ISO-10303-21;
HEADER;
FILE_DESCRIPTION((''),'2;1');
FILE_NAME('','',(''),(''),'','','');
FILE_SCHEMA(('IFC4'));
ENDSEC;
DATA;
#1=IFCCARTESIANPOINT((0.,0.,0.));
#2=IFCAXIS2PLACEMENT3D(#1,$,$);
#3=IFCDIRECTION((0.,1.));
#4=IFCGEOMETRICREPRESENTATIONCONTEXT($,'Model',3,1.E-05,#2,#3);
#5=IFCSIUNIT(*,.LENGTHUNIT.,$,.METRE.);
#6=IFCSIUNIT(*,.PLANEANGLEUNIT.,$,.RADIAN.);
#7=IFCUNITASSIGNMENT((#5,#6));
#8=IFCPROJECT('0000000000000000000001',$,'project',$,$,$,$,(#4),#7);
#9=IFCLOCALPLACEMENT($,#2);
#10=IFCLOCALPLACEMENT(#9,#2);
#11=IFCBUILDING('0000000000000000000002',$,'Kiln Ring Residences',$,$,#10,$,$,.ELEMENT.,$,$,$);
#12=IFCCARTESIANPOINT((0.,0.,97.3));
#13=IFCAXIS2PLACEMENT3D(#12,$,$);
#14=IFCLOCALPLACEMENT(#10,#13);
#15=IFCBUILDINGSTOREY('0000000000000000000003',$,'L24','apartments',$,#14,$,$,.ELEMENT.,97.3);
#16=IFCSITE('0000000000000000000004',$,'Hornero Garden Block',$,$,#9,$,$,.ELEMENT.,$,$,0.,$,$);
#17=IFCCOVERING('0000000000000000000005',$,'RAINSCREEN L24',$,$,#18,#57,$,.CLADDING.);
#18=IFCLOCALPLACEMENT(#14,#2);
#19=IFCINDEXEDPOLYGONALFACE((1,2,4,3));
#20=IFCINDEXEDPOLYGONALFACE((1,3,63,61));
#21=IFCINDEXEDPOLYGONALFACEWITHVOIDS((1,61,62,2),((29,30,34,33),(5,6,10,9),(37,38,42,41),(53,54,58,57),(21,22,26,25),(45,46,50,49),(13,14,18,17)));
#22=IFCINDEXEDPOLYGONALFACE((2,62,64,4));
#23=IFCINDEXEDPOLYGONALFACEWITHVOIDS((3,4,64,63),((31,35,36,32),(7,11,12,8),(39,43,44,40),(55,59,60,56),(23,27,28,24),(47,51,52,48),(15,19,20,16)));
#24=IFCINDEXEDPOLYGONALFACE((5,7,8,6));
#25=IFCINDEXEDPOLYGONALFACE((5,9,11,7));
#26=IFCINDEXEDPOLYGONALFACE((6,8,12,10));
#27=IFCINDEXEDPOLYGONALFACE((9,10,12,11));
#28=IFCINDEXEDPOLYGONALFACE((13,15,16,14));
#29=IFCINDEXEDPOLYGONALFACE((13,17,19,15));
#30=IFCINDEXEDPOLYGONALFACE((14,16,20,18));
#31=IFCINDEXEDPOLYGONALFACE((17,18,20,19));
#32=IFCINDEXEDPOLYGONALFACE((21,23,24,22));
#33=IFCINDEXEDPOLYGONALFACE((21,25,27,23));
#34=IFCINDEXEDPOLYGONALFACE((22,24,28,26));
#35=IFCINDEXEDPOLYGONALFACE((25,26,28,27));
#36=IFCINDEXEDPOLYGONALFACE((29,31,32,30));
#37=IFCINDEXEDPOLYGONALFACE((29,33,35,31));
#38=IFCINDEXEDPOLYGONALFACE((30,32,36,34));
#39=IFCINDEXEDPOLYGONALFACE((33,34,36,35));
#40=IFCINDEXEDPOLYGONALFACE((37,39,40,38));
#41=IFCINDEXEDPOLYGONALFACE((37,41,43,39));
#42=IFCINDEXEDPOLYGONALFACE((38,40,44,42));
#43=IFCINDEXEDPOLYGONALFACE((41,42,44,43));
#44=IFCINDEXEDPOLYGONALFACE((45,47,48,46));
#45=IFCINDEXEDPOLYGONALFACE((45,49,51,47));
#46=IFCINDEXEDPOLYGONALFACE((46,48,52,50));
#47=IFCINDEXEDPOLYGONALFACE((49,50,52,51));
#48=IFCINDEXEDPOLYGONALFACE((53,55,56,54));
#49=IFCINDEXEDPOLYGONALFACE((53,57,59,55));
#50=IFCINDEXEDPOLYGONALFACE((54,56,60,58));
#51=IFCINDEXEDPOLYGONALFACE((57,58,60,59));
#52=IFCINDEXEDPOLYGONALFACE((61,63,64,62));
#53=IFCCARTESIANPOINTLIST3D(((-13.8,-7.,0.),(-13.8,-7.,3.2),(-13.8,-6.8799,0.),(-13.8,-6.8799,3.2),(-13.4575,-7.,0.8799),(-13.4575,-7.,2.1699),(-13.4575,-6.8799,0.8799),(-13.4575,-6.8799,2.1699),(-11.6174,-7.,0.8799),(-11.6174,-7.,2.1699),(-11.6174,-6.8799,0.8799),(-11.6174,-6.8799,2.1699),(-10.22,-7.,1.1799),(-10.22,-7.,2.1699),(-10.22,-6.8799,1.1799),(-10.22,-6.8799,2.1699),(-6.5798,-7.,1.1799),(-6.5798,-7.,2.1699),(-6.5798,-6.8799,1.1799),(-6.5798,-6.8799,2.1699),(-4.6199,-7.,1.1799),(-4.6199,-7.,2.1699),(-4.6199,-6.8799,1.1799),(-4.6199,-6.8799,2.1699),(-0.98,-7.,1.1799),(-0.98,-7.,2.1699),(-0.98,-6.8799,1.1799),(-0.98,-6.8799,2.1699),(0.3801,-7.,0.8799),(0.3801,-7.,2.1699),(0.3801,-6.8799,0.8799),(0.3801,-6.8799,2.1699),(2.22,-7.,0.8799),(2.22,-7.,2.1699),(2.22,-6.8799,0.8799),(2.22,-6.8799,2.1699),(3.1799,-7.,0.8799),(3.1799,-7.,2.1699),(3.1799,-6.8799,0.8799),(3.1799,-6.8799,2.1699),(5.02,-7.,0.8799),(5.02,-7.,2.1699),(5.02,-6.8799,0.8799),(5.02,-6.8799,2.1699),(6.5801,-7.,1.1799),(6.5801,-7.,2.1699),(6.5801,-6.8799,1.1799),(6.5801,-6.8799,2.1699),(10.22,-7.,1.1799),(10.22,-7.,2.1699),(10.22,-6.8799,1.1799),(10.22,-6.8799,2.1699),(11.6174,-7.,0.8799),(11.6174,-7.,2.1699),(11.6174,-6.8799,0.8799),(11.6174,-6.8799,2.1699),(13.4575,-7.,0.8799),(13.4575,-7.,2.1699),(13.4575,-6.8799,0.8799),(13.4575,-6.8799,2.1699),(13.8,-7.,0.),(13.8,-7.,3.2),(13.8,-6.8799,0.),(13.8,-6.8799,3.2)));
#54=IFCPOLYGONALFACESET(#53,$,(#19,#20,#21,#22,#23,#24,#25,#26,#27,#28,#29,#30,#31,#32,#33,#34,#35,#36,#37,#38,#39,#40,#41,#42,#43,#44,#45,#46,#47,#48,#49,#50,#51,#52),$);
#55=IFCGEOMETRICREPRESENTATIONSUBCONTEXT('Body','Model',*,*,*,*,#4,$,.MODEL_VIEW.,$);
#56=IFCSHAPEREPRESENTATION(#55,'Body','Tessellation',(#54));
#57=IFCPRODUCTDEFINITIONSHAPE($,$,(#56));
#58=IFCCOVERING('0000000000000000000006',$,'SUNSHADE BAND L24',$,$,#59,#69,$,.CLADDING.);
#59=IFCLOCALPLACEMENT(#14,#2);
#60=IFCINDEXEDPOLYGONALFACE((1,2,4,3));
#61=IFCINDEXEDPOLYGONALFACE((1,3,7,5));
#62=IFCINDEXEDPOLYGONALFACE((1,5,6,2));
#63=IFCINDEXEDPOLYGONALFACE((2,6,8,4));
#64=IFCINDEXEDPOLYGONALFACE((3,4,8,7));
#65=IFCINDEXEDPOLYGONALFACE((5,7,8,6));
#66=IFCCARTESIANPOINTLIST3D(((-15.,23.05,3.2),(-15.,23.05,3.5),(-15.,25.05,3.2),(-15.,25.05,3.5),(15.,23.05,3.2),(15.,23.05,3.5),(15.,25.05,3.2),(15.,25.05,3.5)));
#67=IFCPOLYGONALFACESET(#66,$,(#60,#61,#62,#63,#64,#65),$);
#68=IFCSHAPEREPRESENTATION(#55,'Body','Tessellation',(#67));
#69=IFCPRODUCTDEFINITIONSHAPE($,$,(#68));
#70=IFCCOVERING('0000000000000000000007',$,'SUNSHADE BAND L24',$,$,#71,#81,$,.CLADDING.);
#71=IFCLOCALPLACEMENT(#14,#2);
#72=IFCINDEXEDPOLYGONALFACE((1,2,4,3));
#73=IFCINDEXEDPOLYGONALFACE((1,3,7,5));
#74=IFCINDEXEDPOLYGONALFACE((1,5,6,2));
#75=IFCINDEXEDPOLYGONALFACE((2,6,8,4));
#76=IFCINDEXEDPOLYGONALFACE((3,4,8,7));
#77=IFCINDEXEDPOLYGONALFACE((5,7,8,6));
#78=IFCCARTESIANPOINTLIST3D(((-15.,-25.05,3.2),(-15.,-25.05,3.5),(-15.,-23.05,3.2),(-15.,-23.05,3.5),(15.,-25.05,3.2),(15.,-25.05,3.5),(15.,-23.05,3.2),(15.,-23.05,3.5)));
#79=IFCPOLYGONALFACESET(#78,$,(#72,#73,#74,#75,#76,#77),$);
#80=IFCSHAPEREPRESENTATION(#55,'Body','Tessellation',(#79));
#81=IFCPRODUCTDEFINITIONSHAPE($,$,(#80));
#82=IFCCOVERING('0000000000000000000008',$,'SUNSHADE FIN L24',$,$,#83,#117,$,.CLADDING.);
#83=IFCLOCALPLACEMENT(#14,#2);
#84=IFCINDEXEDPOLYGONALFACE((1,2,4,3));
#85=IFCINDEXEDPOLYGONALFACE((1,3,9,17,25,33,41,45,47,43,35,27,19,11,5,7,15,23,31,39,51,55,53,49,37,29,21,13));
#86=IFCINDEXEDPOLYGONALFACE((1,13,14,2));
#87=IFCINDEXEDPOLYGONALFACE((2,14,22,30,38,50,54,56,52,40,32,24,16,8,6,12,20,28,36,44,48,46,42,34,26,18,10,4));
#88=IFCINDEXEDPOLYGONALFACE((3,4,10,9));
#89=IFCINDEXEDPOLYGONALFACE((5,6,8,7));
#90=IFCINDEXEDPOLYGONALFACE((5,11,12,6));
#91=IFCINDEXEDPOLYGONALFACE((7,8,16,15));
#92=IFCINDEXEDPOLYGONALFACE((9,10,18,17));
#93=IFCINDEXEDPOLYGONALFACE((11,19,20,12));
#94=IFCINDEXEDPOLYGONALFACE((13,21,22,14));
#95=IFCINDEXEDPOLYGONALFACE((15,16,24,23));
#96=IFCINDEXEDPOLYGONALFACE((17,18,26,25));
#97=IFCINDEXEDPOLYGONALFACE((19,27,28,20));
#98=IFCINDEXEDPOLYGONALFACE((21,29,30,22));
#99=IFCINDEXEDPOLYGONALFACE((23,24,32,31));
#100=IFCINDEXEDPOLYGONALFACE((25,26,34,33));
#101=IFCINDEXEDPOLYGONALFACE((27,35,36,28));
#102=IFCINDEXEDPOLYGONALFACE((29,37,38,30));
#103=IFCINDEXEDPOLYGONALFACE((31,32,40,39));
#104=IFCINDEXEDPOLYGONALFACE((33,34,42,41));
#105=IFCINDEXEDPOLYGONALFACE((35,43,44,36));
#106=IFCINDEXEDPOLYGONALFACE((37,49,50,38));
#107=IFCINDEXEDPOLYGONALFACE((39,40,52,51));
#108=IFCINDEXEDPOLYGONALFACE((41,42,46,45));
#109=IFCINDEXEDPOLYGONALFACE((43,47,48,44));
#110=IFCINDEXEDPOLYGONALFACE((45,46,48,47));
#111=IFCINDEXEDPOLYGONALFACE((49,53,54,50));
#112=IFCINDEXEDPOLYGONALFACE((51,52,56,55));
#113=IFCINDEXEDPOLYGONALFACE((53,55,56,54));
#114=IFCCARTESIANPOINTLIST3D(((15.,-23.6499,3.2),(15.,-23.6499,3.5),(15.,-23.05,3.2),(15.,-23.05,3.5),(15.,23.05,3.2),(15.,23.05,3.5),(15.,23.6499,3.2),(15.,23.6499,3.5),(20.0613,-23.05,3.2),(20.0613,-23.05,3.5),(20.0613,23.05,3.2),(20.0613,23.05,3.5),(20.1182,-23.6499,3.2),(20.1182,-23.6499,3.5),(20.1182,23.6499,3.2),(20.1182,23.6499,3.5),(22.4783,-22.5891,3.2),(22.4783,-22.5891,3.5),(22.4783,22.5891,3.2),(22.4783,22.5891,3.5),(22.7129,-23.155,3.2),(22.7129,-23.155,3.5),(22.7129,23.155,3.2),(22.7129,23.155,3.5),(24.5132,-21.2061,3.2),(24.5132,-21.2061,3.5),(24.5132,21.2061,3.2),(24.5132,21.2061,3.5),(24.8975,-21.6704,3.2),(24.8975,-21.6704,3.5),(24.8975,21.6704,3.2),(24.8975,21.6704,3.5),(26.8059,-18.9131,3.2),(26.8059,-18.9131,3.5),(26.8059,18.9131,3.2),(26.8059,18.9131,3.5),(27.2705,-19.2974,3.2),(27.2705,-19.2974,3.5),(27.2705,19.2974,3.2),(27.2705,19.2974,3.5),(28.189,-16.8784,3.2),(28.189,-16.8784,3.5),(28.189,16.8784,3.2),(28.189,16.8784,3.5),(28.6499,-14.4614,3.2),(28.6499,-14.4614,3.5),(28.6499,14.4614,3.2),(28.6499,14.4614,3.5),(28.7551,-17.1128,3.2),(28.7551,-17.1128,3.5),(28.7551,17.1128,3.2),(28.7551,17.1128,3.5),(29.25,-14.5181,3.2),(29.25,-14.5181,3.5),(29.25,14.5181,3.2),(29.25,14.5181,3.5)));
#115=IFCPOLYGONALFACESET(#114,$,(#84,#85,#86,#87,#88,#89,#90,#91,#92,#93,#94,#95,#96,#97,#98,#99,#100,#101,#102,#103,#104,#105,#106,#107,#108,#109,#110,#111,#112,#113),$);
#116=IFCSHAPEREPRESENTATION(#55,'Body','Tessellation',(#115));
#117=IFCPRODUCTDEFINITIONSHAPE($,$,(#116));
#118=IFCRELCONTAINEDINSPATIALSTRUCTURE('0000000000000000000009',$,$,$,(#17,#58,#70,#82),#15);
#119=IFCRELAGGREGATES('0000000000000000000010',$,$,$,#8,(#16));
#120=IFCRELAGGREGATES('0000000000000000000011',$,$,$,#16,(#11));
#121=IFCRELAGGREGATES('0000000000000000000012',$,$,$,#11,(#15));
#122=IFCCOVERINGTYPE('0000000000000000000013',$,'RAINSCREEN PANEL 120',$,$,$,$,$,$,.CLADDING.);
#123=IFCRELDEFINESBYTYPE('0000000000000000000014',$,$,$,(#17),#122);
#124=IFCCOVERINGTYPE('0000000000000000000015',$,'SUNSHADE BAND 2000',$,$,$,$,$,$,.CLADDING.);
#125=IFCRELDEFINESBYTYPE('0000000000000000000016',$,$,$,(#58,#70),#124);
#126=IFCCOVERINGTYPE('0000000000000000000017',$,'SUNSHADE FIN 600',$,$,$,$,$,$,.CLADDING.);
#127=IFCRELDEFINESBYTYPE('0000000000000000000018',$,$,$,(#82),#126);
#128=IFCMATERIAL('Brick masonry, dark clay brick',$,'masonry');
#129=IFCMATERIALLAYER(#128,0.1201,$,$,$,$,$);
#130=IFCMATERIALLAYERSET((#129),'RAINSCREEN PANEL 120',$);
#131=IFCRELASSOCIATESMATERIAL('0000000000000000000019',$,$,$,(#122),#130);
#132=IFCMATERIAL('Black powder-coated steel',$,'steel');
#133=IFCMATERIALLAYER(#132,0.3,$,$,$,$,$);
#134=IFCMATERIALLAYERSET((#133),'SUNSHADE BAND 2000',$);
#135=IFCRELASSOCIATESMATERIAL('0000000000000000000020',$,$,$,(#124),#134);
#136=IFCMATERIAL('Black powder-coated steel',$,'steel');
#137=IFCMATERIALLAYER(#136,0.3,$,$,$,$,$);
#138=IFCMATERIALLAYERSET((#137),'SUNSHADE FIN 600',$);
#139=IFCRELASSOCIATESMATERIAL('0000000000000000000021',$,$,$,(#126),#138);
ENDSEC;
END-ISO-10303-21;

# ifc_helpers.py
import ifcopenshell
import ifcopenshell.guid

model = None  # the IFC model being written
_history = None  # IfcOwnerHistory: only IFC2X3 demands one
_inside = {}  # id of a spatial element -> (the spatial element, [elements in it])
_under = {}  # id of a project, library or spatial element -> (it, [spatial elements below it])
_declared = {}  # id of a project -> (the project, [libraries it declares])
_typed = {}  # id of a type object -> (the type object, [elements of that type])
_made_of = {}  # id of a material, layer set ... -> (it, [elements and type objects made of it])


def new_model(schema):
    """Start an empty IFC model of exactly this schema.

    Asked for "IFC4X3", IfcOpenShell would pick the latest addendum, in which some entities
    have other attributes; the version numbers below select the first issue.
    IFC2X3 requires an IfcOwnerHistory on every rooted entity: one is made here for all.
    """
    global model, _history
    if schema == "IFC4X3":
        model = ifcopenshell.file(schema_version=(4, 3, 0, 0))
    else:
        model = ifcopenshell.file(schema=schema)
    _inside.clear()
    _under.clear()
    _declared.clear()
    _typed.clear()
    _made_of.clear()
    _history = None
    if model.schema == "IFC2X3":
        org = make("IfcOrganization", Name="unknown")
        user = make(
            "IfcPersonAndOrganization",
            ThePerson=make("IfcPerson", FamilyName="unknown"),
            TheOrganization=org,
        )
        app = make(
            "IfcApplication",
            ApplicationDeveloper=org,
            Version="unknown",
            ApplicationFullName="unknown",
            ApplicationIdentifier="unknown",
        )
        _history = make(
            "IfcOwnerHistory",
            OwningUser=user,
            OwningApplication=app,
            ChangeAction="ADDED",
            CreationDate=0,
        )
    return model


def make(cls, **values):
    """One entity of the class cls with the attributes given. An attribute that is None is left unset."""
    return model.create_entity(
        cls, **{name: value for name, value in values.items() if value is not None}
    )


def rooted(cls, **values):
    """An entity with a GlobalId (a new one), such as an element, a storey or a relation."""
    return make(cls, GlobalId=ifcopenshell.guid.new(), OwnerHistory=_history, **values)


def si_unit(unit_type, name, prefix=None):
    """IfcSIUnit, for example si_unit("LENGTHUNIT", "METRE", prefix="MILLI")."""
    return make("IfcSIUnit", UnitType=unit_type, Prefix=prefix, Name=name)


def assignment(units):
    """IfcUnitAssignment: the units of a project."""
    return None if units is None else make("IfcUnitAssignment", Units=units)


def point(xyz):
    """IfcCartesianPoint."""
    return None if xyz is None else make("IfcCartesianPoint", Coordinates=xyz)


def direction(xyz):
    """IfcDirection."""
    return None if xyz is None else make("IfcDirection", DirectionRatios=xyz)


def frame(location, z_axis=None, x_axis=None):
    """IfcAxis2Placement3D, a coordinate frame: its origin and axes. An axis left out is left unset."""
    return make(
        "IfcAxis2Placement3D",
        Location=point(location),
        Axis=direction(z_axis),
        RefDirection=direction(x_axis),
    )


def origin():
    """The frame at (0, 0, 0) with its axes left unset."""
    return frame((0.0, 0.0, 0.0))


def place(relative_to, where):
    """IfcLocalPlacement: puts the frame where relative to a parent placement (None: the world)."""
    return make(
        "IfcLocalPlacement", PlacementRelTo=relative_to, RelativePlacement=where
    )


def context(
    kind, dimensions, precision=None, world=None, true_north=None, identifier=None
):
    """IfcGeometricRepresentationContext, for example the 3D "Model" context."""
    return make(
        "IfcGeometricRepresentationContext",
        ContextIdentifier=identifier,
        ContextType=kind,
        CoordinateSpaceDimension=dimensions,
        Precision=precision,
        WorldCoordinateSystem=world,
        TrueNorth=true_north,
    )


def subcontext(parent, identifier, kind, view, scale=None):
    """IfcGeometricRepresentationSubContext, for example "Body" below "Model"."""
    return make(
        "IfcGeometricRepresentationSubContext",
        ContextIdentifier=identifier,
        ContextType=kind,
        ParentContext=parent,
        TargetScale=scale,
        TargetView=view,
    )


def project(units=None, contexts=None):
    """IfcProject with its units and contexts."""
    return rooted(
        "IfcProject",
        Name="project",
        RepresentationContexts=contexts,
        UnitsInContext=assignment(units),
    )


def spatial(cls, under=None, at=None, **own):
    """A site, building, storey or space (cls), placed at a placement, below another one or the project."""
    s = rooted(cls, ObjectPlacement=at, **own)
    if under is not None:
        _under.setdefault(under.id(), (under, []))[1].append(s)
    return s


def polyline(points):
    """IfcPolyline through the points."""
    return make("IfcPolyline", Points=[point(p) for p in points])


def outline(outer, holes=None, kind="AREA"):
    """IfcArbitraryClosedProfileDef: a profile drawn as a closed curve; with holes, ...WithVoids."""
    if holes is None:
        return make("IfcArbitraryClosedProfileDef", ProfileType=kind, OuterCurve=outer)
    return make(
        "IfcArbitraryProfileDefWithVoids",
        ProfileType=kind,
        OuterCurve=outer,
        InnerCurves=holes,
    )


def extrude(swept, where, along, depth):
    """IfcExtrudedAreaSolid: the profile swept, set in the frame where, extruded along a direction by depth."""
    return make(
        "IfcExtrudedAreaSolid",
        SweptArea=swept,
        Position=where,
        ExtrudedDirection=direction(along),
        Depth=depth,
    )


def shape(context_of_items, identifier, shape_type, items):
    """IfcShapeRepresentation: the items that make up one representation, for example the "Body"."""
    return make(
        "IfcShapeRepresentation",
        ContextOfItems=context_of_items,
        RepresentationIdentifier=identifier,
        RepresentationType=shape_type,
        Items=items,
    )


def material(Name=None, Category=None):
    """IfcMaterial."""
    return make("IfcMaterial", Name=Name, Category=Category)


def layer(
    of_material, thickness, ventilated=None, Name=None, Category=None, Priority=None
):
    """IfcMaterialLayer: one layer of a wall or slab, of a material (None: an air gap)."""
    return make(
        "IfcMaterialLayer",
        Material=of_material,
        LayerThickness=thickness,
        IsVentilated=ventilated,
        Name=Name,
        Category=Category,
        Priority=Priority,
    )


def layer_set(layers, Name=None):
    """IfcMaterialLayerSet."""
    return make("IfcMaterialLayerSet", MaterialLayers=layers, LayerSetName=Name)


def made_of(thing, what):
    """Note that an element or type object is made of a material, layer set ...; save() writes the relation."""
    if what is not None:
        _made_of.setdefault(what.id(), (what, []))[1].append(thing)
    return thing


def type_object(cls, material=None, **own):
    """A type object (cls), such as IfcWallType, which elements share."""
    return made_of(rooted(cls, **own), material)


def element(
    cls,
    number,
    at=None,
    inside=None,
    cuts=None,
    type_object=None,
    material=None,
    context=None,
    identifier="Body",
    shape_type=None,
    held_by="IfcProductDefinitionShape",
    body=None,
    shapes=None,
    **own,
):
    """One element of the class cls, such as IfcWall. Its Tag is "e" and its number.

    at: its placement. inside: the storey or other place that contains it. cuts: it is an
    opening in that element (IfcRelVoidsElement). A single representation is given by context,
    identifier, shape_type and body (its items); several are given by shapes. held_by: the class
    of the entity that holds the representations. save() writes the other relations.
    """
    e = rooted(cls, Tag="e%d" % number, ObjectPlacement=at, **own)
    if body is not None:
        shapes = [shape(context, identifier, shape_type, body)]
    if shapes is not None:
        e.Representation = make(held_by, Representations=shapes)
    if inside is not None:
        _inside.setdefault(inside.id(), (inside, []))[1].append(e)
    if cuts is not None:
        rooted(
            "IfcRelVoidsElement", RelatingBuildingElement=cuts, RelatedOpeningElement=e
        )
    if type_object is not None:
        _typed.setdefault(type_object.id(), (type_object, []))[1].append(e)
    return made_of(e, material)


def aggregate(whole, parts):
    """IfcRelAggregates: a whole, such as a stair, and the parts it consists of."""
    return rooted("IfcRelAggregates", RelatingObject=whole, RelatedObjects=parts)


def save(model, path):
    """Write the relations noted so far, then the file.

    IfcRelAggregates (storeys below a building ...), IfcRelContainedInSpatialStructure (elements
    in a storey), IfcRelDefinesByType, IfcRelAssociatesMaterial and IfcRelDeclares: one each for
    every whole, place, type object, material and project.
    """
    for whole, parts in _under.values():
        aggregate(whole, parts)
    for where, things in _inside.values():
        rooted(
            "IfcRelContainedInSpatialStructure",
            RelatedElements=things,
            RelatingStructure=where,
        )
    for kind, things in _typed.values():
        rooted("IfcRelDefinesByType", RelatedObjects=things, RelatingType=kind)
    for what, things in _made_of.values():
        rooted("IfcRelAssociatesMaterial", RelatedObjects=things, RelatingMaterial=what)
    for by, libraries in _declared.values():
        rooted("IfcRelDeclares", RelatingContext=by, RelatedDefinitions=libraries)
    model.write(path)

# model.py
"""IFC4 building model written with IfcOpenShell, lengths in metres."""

from ifc_helpers import new_model, si_unit, direction, frame, origin, place, context, subcontext, project, spatial, polyline, outline, extrude, material, layer, layer_set, type_object, element, save


model = new_model("IFC4")

# Units and contexts
model_context = context("Model", 3, precision=1e-05, world=origin(), true_north=direction((0.0, 1.0)))
body_context = subcontext(model_context, "Body", "Model", "MODEL_VIEW")
ifc_project = project(units=[si_unit("LENGTHUNIT", "METRE"), si_unit("PLANEANGLEUNIT", "RADIAN")], contexts=[model_context])

# Site, building, storey
site_placement = place(None, origin())
site = spatial("IfcSite", under=ifc_project, at=site_placement, Name="Hornero Garden Block", CompositionType="ELEMENT", RefElevation=0.0)
building_placement = place(site_placement, origin())
building = spatial("IfcBuilding", under=site, at=building_placement, Name="Kiln Ring Residences", CompositionType="ELEMENT")
storey_placement = place(building_placement, frame((0.0, 0.0, 97.3)))
storey = spatial("IfcBuildingStorey", under=building, at=storey_placement, Name="L24", Description="apartments", CompositionType="ELEMENT", Elevation=97.3)

# Coverings
ifc_material_1 = material(Name="Brick masonry, dark clay brick", Category="masonry")
ifc_layer_1 = layer(ifc_material_1, 0.1201)
ifc_layer_set_1 = layer_set([ifc_layer_1], Name="RAINSCREEN PANEL 120")
covering_type_1 = type_object("IfcCoveringType", Name="RAINSCREEN PANEL 120", PredefinedType="CLADDING", material=ifc_layer_set_1)
covering_1_placement = place(storey_placement, frame((13.8, -6.9399, 0.0), z_axis=(0.0, 0.0, 1.0), x_axis=(-1.0, 0.0, 0.0)))
element("IfcCovering", 1, at=covering_1_placement, inside=storey, type_object=covering_type_1, Name="RAINSCREEN L24", PredefinedType="CLADDING", context=body_context, shape_type="SweptSolid", body=[
    extrude(outline(polyline([(0.0, 0.0), (27.6001, 0.0), (27.6001, 3.2), (0.0, 3.2), (0.0, 0.0)]), holes=[polyline([(2.1826, 0.8799), (2.1826, 2.1699), (0.3425, 2.1699), (0.3425, 0.8799), (2.1826, 0.8799)]), polyline([(8.78, 0.8799), (10.6201, 0.8799), (10.6201, 2.1699), (8.78, 2.1699), (8.78, 0.8799)]), polyline([(11.5801, 0.8799), (13.4199, 0.8799), (13.4199, 2.1699), (11.5801, 2.1699), (11.5801, 0.8799)]), polyline([(25.4175, 0.8799), (27.2576, 0.8799), (27.2576, 2.1699), (25.4175, 2.1699), (25.4175, 0.8799)]), polyline([(3.5801, 1.1799), (7.22, 1.1799), (7.22, 2.1699), (3.5801, 2.1699), (3.5801, 1.1799)]), polyline([(14.78, 1.1799), (18.4199, 1.1799), (18.4199, 2.1699), (14.78, 2.1699), (14.78, 1.1799)]), polyline([(20.3799, 1.1799), (24.02, 1.1799), (24.02, 2.1699), (20.3799, 2.1699), (20.3799, 1.1799)])]), frame((0.0, 0.0601, 0.0), z_axis=(0.0, -1.0, 0.0), x_axis=(1.0, 0.0, 0.0)), (0.0, 0.0, 1.0), 0.1201),
])
ifc_material_2 = material(Name="Black powder-coated steel", Category="steel")
ifc_layer_2 = layer(ifc_material_2, 0.3)
ifc_layer_set_2 = layer_set([ifc_layer_2], Name="SUNSHADE BAND 2000")
covering_type_2 = type_object("IfcCoveringType", Name="SUNSHADE BAND 2000", PredefinedType="CLADDING", material=ifc_layer_set_2)
placement = place(storey_placement, frame((0.0, 0.0, 3.2)))
element("IfcCovering", 2, at=placement, inside=storey, type_object=covering_type_2, Name="SUNSHADE BAND L24", PredefinedType="CLADDING", context=body_context, shape_type="SweptSolid", body=[
    extrude(outline(polyline([(15.0, 25.05), (-15.0, 25.05), (-15.0, 23.05), (15.0, 23.05), (15.0, 25.05)])), origin(), (0.0, 0.0, 1.0), 0.3),
])
element("IfcCovering", 3, at=placement, inside=storey, type_object=covering_type_2, Name="SUNSHADE BAND L24", PredefinedType="CLADDING", context=body_context, shape_type="SweptSolid", body=[
    extrude(outline(polyline([(-15.0, -25.05), (15.0, -25.05), (15.0, -23.05), (-15.0, -23.05), (-15.0, -25.05)])), origin(), (0.0, 0.0, 1.0), 0.3),
])
ifc_material_3 = material(Name="Black powder-coated steel", Category="steel")
ifc_layer_3 = layer(ifc_material_3, 0.3)
ifc_layer_set_3 = layer_set([ifc_layer_3], Name="SUNSHADE FIN 600")
covering_type_3 = type_object("IfcCoveringType", Name="SUNSHADE FIN 600", PredefinedType="CLADDING", material=ifc_layer_set_3)
element("IfcCovering", 4, at=placement, inside=storey, type_object=covering_type_3, Name="SUNSHADE FIN L24", PredefinedType="CLADDING", context=body_context, shape_type="SweptSolid", body=[
    extrude(outline(polyline([(20.1182, 23.6499), (15.0, 23.6499), (15.0, 23.05), (20.0613, 23.05), (22.4783, 22.5891), (24.5132, 21.2061), (26.8059, 18.9131), (28.189, 16.8784), (28.6499, 14.4614), (28.6499, -14.4614), (28.189, -16.8784), (26.8059, -18.9131), (24.5132, -21.2061), (22.4783, -22.5891), (20.0613, -23.05), (15.0, -23.05), (15.0, -23.6499), (20.1182, -23.6499), (22.7129, -23.155), (24.8975, -21.6704), (27.2705, -19.2974), (28.7551, -17.1128), (29.25, -14.5181), (29.25, 14.5181), (28.7551, 17.1128), (27.2705, 19.2974), (24.8975, 21.6704), (22.7129, 23.155), (20.1182, 23.6499)])), origin(), (0.0, 0.0, 1.0), 0.3),
])

save(model, "model.ifc")
